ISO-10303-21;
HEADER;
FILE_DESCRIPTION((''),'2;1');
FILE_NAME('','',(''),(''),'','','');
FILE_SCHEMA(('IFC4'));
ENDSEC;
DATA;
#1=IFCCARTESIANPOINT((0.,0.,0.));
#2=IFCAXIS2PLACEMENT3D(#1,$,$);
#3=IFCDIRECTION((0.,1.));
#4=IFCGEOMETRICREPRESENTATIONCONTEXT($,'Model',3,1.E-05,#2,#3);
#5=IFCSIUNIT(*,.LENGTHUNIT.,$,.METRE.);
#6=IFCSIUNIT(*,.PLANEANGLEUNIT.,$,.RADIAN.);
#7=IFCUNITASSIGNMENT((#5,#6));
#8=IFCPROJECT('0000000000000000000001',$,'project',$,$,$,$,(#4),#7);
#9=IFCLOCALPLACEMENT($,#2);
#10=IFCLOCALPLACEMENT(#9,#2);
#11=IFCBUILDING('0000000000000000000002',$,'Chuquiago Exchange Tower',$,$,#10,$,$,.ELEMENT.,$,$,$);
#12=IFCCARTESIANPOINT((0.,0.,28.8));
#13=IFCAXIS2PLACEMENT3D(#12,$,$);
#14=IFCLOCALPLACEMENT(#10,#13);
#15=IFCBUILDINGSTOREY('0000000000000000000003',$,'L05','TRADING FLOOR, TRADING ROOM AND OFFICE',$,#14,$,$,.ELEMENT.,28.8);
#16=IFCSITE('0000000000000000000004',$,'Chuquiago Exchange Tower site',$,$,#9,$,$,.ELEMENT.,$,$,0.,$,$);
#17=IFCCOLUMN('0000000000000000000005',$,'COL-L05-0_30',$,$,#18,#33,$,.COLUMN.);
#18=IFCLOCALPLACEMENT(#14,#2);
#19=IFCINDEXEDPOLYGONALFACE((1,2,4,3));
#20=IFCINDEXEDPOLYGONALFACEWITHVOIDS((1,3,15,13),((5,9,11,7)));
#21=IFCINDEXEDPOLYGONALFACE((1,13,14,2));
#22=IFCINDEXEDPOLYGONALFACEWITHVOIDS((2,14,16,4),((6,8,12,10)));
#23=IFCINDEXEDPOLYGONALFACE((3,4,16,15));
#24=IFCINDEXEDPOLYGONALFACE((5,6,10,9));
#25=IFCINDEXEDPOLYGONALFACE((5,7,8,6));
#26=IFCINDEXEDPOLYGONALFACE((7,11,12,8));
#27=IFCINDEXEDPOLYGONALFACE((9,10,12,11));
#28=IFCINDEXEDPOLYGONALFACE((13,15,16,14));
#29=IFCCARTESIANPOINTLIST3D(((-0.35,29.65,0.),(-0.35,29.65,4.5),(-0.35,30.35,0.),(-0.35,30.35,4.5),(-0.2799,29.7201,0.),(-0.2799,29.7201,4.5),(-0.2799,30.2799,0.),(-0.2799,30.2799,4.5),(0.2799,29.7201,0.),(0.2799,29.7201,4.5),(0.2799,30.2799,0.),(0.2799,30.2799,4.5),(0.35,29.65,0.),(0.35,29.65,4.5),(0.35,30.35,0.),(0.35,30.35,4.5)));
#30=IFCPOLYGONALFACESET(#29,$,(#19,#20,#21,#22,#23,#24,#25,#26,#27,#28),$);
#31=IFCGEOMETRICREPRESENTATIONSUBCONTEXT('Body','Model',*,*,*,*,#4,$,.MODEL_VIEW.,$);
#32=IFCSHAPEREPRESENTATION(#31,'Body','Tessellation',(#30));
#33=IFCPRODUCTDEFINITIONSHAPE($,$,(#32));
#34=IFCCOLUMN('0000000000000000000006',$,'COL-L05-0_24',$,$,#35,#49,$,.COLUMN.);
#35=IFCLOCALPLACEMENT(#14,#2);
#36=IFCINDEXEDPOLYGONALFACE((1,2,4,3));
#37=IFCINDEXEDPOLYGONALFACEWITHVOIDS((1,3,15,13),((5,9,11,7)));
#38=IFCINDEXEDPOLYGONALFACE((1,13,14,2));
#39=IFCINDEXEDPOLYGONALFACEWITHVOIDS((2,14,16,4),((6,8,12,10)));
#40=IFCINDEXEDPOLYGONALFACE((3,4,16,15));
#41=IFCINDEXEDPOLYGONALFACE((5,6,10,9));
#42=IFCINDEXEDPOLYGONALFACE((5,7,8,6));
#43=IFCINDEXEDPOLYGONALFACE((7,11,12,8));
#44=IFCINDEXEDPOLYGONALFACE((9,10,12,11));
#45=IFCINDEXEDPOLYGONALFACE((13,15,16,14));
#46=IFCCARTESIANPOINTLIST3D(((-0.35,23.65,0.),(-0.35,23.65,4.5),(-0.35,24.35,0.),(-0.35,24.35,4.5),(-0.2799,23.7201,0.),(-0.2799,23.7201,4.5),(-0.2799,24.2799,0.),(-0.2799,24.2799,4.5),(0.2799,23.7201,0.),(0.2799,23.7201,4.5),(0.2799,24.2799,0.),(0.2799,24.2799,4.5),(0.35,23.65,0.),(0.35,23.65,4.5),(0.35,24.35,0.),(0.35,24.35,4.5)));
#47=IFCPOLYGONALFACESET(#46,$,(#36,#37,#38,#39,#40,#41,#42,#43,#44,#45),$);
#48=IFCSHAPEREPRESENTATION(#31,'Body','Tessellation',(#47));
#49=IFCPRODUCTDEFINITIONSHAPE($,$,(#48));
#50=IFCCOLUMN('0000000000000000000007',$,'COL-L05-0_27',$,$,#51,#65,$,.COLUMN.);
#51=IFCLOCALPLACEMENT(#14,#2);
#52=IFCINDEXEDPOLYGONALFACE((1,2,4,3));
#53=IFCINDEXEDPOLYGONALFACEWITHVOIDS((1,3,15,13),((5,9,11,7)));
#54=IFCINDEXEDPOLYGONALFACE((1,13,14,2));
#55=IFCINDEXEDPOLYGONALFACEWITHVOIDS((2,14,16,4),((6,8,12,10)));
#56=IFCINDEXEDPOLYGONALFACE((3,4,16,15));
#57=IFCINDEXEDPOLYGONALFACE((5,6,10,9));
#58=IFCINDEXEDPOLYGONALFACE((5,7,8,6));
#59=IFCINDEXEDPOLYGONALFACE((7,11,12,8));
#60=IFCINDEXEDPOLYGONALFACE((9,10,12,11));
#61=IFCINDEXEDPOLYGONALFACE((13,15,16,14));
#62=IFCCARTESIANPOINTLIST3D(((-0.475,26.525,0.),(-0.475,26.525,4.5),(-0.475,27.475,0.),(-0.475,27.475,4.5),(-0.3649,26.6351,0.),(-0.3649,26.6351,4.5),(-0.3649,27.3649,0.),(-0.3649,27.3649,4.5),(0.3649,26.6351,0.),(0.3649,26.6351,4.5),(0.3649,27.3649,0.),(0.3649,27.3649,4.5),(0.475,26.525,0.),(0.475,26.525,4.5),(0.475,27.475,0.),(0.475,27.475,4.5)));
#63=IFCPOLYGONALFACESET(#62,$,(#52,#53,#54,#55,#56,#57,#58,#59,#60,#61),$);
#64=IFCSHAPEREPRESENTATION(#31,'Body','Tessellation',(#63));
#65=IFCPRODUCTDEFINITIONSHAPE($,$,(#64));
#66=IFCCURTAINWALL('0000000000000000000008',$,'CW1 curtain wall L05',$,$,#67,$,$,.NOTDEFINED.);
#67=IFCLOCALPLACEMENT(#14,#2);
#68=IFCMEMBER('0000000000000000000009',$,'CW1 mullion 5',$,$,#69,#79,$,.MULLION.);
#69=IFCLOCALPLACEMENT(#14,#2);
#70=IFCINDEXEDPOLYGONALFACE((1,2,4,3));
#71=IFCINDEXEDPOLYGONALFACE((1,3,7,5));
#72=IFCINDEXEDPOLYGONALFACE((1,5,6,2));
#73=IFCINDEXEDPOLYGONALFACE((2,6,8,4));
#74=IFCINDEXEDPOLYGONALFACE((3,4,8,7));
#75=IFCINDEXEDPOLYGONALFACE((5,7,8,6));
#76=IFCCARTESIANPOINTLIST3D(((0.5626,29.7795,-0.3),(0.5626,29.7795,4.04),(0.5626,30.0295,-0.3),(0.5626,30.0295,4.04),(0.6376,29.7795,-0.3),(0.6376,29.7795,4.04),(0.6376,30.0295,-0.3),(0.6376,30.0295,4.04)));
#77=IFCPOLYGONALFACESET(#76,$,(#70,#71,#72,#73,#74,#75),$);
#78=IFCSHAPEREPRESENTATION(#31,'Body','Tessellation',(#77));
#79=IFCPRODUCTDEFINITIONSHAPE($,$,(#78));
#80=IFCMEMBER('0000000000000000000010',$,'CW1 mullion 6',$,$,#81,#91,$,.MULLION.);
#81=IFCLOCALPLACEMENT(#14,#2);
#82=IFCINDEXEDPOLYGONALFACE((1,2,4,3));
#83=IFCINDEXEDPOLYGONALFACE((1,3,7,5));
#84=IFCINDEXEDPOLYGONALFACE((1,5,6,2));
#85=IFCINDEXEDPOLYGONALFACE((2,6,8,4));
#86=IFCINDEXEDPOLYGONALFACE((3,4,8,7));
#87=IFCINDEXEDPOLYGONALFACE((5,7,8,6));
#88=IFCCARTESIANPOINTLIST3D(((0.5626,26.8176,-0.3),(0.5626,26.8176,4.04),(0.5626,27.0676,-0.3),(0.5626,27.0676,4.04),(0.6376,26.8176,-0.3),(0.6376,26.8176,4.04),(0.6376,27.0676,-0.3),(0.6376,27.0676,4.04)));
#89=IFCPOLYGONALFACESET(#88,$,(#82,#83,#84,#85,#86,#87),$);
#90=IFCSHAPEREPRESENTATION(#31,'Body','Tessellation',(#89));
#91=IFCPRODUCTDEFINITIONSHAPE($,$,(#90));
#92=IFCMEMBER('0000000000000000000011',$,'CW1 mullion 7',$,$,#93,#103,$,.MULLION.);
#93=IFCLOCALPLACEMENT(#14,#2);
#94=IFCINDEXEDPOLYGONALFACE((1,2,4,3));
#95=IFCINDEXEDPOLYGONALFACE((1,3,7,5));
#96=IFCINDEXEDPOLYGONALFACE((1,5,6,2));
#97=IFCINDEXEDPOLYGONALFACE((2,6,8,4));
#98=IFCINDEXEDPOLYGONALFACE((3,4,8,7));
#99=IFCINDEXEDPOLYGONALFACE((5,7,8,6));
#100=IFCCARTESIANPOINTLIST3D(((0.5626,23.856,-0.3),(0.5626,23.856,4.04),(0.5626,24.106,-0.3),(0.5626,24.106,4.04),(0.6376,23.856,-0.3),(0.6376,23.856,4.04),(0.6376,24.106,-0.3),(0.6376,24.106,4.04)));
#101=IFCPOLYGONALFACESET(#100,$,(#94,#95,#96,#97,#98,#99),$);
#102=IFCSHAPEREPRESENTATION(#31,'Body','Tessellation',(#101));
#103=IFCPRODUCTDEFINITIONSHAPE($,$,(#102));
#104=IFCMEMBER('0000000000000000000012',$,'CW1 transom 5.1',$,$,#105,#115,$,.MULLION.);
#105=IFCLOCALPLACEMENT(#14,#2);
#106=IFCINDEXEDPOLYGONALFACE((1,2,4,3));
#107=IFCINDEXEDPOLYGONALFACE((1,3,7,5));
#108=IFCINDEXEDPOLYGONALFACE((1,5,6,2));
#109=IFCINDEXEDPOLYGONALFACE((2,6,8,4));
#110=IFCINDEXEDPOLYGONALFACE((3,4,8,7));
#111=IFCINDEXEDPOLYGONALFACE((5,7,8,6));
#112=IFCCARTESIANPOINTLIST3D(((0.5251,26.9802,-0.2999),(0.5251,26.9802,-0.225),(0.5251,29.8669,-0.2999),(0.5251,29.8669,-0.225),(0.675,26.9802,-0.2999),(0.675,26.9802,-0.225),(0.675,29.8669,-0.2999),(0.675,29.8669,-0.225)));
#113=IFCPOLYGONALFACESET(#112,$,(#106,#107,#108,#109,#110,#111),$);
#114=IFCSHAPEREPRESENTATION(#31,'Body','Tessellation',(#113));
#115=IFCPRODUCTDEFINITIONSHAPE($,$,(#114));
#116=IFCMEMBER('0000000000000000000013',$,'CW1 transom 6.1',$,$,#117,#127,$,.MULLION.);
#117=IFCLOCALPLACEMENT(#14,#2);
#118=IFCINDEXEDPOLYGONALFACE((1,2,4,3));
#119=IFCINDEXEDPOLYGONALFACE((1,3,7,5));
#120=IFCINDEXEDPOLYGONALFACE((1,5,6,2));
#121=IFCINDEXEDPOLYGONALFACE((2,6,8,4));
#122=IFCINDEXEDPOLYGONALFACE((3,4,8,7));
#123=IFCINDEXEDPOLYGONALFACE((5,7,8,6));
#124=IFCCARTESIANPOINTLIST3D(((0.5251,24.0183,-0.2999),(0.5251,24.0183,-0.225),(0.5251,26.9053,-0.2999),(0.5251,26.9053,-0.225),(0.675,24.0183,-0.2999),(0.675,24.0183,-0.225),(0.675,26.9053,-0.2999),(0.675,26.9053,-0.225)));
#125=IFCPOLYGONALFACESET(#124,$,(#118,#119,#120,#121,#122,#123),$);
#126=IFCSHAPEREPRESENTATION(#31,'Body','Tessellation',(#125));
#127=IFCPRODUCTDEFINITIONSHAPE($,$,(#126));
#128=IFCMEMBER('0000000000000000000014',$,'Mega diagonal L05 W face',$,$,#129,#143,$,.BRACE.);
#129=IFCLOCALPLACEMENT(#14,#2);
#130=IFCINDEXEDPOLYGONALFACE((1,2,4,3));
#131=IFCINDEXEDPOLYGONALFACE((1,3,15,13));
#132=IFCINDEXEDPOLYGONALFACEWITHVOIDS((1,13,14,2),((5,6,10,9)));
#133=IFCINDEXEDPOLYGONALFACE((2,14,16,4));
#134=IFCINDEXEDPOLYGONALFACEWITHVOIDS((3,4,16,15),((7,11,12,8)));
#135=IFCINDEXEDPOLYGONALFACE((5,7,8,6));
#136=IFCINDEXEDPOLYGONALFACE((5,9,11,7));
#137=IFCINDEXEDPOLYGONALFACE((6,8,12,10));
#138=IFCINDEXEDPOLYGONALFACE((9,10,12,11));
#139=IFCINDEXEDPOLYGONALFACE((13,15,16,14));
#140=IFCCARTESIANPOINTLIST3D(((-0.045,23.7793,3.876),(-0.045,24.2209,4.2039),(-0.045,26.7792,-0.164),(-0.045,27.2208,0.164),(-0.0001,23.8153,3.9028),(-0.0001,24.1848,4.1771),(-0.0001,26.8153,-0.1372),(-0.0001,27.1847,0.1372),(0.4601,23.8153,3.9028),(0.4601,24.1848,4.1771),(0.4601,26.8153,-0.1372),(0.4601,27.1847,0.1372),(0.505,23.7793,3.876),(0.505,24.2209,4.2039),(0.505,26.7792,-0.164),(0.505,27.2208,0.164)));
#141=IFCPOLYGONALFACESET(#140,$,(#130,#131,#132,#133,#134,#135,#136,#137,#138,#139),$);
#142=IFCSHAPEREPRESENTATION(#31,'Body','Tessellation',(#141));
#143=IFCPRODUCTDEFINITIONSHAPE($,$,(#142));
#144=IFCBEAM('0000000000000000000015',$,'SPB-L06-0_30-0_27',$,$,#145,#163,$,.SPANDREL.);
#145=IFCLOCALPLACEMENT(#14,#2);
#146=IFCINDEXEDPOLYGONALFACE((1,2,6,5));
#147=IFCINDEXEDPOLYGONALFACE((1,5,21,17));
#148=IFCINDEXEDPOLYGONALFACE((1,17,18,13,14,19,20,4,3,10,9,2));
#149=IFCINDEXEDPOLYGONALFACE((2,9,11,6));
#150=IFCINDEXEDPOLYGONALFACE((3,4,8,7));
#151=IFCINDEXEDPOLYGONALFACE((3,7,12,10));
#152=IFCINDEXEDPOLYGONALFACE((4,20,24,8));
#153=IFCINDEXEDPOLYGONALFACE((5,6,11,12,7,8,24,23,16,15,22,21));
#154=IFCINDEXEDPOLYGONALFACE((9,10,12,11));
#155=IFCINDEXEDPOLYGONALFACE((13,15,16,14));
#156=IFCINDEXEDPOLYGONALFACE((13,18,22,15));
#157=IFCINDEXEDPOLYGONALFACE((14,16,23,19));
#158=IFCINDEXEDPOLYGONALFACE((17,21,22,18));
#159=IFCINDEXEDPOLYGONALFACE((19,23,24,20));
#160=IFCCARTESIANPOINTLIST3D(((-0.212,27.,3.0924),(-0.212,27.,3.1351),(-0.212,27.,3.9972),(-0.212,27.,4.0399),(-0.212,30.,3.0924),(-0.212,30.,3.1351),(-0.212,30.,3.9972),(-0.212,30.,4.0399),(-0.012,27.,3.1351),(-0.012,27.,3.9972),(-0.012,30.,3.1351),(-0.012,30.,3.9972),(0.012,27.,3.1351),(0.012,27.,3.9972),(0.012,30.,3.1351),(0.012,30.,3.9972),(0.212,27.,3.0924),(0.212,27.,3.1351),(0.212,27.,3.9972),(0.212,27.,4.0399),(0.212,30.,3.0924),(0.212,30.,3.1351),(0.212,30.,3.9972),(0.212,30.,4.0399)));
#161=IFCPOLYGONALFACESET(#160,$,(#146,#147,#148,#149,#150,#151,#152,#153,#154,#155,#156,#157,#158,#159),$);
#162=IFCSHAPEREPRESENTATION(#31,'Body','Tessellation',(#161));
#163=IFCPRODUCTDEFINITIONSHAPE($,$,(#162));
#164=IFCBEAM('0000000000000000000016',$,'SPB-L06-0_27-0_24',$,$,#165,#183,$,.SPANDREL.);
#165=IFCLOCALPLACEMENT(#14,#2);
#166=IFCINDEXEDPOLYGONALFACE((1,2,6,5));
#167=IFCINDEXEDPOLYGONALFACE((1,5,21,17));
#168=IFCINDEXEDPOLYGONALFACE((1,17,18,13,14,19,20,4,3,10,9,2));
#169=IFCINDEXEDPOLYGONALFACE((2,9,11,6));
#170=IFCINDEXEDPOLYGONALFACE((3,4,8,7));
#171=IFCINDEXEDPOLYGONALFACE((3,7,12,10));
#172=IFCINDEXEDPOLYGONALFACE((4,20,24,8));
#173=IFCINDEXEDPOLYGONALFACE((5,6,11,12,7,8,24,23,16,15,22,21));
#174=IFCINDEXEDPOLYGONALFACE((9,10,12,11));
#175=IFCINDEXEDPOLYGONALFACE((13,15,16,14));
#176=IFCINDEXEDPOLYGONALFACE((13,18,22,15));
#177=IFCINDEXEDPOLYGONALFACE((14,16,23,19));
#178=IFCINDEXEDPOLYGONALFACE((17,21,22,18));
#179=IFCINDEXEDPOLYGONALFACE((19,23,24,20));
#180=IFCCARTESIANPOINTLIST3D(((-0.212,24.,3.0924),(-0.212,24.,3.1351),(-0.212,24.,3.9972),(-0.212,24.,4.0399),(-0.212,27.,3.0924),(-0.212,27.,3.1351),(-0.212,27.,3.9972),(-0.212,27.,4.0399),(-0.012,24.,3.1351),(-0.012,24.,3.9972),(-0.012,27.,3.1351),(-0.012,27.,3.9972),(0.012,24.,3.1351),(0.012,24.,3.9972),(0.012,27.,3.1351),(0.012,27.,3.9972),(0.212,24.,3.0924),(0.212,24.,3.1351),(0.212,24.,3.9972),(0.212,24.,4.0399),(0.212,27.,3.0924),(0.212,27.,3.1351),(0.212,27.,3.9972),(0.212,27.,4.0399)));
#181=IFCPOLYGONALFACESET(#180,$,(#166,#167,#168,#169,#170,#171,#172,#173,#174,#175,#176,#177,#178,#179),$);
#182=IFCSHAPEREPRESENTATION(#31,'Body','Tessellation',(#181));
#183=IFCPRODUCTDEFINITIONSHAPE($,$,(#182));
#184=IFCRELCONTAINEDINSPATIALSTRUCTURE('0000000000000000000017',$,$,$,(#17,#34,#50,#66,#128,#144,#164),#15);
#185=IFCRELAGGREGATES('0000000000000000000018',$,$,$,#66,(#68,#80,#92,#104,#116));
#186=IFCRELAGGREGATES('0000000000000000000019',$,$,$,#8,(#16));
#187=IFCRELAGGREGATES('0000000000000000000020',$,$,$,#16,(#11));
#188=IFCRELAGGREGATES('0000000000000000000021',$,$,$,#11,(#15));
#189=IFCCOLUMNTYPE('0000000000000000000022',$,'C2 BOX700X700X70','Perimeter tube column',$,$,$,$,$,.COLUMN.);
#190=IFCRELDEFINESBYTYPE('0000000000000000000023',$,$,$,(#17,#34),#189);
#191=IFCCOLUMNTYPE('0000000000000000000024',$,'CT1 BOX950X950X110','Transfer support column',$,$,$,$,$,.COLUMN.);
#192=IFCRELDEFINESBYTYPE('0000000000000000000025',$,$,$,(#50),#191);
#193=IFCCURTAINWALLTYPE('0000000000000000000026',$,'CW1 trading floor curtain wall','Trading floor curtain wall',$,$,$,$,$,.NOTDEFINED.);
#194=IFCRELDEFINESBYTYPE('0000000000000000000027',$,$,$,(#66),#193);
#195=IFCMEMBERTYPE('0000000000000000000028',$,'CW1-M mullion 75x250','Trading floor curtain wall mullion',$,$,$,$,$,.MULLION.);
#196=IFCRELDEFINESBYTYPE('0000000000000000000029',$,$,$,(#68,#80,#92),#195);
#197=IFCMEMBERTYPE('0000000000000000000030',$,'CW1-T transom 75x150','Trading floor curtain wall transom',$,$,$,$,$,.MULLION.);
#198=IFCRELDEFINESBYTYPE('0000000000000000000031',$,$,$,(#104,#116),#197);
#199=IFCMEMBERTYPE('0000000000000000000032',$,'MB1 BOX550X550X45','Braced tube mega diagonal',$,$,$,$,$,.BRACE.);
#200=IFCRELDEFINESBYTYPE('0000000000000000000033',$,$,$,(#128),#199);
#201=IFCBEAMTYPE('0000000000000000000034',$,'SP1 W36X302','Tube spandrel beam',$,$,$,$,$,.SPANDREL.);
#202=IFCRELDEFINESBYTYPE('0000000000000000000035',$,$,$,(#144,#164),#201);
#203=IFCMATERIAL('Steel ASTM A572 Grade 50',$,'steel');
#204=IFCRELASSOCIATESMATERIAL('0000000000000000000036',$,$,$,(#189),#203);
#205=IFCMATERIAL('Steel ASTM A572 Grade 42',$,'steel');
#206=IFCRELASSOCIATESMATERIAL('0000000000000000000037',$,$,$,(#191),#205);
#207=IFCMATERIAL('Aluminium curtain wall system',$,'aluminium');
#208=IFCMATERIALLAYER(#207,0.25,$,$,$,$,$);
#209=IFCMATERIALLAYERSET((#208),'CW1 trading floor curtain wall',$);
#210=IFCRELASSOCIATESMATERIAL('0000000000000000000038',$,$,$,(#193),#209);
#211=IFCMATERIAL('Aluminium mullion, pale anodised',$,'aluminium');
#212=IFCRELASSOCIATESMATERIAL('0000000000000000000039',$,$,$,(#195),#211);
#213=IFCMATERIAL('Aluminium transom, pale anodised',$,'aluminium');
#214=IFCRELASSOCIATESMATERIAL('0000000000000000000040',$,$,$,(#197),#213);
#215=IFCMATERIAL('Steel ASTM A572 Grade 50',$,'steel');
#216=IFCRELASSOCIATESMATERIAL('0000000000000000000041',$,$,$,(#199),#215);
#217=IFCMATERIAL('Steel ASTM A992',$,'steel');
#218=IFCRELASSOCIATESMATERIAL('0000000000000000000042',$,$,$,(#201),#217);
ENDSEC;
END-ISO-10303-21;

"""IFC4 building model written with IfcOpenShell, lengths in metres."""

from ifc_helpers import new_model, si_unit, direction, frame, origin, origin_2d, place, context, subcontext, project, spatial, rectangle, hollow_rectangle, i_section, extrude, material, layer, layer_set, material_profile, profile_set, type_object, element, aggregate, save


model = new_model("IFC4")

# Units and contexts
model_context = context("Model", 3, precision=1e-05, world=origin(), true_north=direction((0.0, 1.0)))
body_context = subcontext(model_context, "Body", "Model", "MODEL_VIEW")
ifc_project = project(units=[si_unit("LENGTHUNIT", "METRE"), si_unit("PLANEANGLEUNIT", "RADIAN")], contexts=[model_context])

# Site, building, storey
site_placement = place(None, origin())
site = spatial("IfcSite", under=ifc_project, at=site_placement, Name="Chuquiago Exchange Tower site", CompositionType="ELEMENT", RefElevation=0.0)
building_placement = place(site_placement, origin())
building = spatial("IfcBuilding", under=site, at=building_placement, Name="Chuquiago Exchange Tower", CompositionType="ELEMENT")
storey_placement = place(building_placement, frame((0.0, 0.0, 28.8)))
storey = spatial("IfcBuildingStorey", under=building, at=storey_placement, Name="L05", Description="TRADING FLOOR, TRADING ROOM AND OFFICE", CompositionType="ELEMENT", Elevation=28.8)

# Columns
ifc_material_1 = material(Name="Steel ASTM A572 Grade 50", Category="steel")
ifc_material_profile_1 = material_profile(ifc_material_1, hollow_rectangle(XDim=0.7, YDim=0.7, WallThickness=0.0701, at=origin_2d()), Name="BOX700X700X70")
ifc_profile_set_1 = profile_set([ifc_material_profile_1], Name="Steel ASTM A572 Grade 50")
column_type_1 = type_object("IfcColumnType", Name="C2 BOX700X700X70", Description="Perimeter tube column", PredefinedType="COLUMN", material=ifc_profile_set_1)
for number, where, z_axis, x_axis, name in (
    (1, (0.0, 30.0, 0.0), (0.0, 0.0, 1.0), (-1.0, 0.0, 0.0), "COL-L05-0_30"),
    (2, (0.0, 24.0, 0.0), (0.0, 0.0, 1.0), (-1.0, 0.0, 0.0), "COL-L05-0_24"),
):
    element("IfcColumn", number, at=place(storey_placement, frame(where, z_axis=z_axis, x_axis=x_axis)), inside=storey, type_object=column_type_1, Name=name, PredefinedType="COLUMN", context=body_context, shape_type="SweptSolid", body=[
        extrude(hollow_rectangle(XDim=0.7, YDim=0.7, WallThickness=0.0701, at=origin_2d()), origin(), (0.0, 0.0, 1.0), 4.5),
    ])
ifc_material_2 = material(Name="Steel ASTM A572 Grade 42", Category="steel")
ifc_material_profile_2 = material_profile(ifc_material_2, hollow_rectangle(XDim=0.95, YDim=0.95, WallThickness=0.1101, at=origin_2d()), Name="BOX950X950X110")
ifc_profile_set_2 = profile_set([ifc_material_profile_2], Name="Steel ASTM A572 Grade 42")
column_type_2 = type_object("IfcColumnType", Name="CT1 BOX950X950X110", Description="Transfer support column", PredefinedType="COLUMN", material=ifc_profile_set_2)
column_placement = place(storey_placement, frame((0.0, 27.0, 0.0), z_axis=(0.0, 0.0, 1.0), x_axis=(-1.0, 0.0, 0.0)))
element("IfcColumn", 3, at=column_placement, inside=storey, type_object=column_type_2, Name="COL-L05-0_27", PredefinedType="COLUMN", context=body_context, shape_type="SweptSolid", body=[
    extrude(hollow_rectangle(XDim=0.95, YDim=0.95, WallThickness=0.1101, at=origin_2d()), origin(), (0.0, 0.0, 1.0), 4.5),
])

# Curtain wall, members
ifc_material_3 = material(Name="Aluminium curtain wall system", Category="aluminium")
ifc_layer_1 = layer(ifc_material_3, 0.25)
ifc_layer_set_1 = layer_set([ifc_layer_1], Name="CW1 trading floor curtain wall")
curtain_wall_type = type_object("IfcCurtainWallType", Name="CW1 trading floor curtain wall", Description="Trading floor curtain wall", PredefinedType="NOTDEFINED", material=ifc_layer_set_1)
curtain_wall_placement = place(storey_placement, origin())
curtain_wall = element("IfcCurtainWall", 4, at=curtain_wall_placement, inside=storey, type_object=curtain_wall_type, Name="CW1 curtain wall L05", PredefinedType="NOTDEFINED")
ifc_material_4 = material(Name="Aluminium mullion, pale anodised", Category="aluminium")
ifc_material_profile_3 = material_profile(ifc_material_4, rectangle(XDim=0.075, YDim=0.25, at=origin_2d()), Name="AL 75x250")
ifc_profile_set_3 = profile_set([ifc_material_profile_3], Name="Aluminium mullion, pale anodised")
member_type_1 = type_object("IfcMemberType", Name="CW1-M mullion 75x250", Description="Trading floor curtain wall mullion", PredefinedType="MULLION", material=ifc_profile_set_3)
member_1_placement = place(storey_placement, frame((0.6001, 29.9045, -0.3), z_axis=(0.0, 0.0, 1.0), x_axis=(1.0, 0.0, 0.0)))
member_1 = element("IfcMember", 5, at=member_1_placement, type_object=member_type_1, Name="CW1 mullion 5", PredefinedType="MULLION", context=body_context, shape_type="SweptSolid", body=[
    extrude(rectangle(XDim=0.075, YDim=0.25, at=origin_2d()), origin(), (0.0, 0.0, 1.0), 4.3401),
])
member_2_placement = place(storey_placement, frame((0.6001, 26.9426, -0.3), z_axis=(0.0, 0.0, 1.0), x_axis=(1.0, 0.0, 0.0)))
member_2 = element("IfcMember", 6, at=member_2_placement, type_object=member_type_1, Name="CW1 mullion 6", PredefinedType="MULLION", context=body_context, shape_type="SweptSolid", body=[
    extrude(rectangle(XDim=0.075, YDim=0.25, at=origin_2d()), origin(), (0.0, 0.0, 1.0), 4.3401),
])
member_3_placement = place(storey_placement, frame((0.6001, 23.981, -0.3), z_axis=(0.0, 0.0, 1.0), x_axis=(1.0, 0.0, 0.0)))
member_3 = element("IfcMember", 7, at=member_3_placement, type_object=member_type_1, Name="CW1 mullion 7", PredefinedType="MULLION", context=body_context, shape_type="SweptSolid", body=[
    extrude(rectangle(XDim=0.075, YDim=0.25, at=origin_2d()), origin(), (0.0, 0.0, 1.0), 4.3401),
])
ifc_material_5 = material(Name="Aluminium transom, pale anodised", Category="aluminium")
ifc_material_profile_4 = material_profile(ifc_material_5, rectangle(XDim=0.1499, YDim=0.075, at=origin_2d()), Name="AL 150x75")
ifc_profile_set_4 = profile_set([ifc_material_profile_4], Name="Aluminium transom, pale anodised")
member_type_2 = type_object("IfcMemberType", Name="CW1-T transom 75x150", Description="Trading floor curtain wall transom", PredefinedType="MULLION", material=ifc_profile_set_4)
member_4_placement = place(storey_placement, frame((0.6001, 29.8669, -0.2625), z_axis=(0.0, -1.0, 0.0), x_axis=(1.0, 0.0, 0.0)))
member_4 = element("IfcMember", 8, at=member_4_placement, type_object=member_type_2, Name="CW1 transom 5.1", PredefinedType="MULLION", context=body_context, shape_type="SweptSolid", body=[
    extrude(rectangle(XDim=0.1499, YDim=0.075, at=origin_2d()), origin(), (0.0, 0.0, 1.0), 2.8867),
])
member_5_placement = place(storey_placement, frame((0.6001, 26.9053, -0.2625), z_axis=(0.0, -1.0, 0.0), x_axis=(1.0, 0.0, 0.0)))
member_5 = element("IfcMember", 9, at=member_5_placement, type_object=member_type_2, Name="CW1 transom 6.1", PredefinedType="MULLION", context=body_context, shape_type="SweptSolid", body=[
    extrude(rectangle(XDim=0.1499, YDim=0.075, at=origin_2d()), origin(), (0.0, 0.0, 1.0), 2.887),
])

# Member
ifc_material_6 = material(Name="Steel ASTM A572 Grade 50", Category="steel")
ifc_material_profile_5 = material_profile(ifc_material_6, hollow_rectangle(XDim=0.55, YDim=0.55, WallThickness=0.0449, at=origin_2d()), Name="BOX550X550X45")
ifc_profile_set_5 = profile_set([ifc_material_profile_5], Name="Steel ASTM A572 Grade 50")
member_type_3 = type_object("IfcMemberType", Name="MB1 BOX550X550X45", Description="Braced tube mega diagonal", PredefinedType="BRACE", material=ifc_profile_set_5)
member_6_placement = place(storey_placement, frame((0.23, 27.0, 0.0), z_axis=(0.0, -0.596174, 0.802855), x_axis=(1.0, 0.0, 0.0)))
element("IfcMember", 10, at=member_6_placement, inside=storey, type_object=member_type_3, Name="Mega diagonal L05 W face", PredefinedType="BRACE", context=body_context, shape_type="SweptSolid", body=[
    extrude(hollow_rectangle(XDim=0.55, YDim=0.55, WallThickness=0.0449, at=origin_2d()), origin(), (0.0, 0.0, 1.0), 5.032),
])

# Beams
ifc_material_7 = material(Name="Steel ASTM A992", Category="steel")
ifc_material_profile_6 = material_profile(ifc_material_7, i_section(OverallWidth=0.4241, OverallDepth=0.9475, WebThickness=0.0239, FlangeThickness=0.0427, at=origin_2d()), Name="W36X302")
ifc_profile_set_6 = profile_set([ifc_material_profile_6], Name="Steel ASTM A992")
beam_type = type_object("IfcBeamType", Name="SP1 W36X302", Description="Tube spandrel beam", PredefinedType="SPANDREL", material=ifc_profile_set_6)
for number, where, z_axis, x_axis, name in (
    (11, (0.0, 30.0, 3.5662), (0.0, -1.0, 0.0), (1.0, 0.0, 0.0), "SPB-L06-0_30-0_27"),
    (12, (0.0, 27.0, 3.5662), (0.0, -1.0, 0.0), (1.0, 0.0, 0.0), "SPB-L06-0_27-0_24"),
):
    element("IfcBeam", number, at=place(storey_placement, frame(where, z_axis=z_axis, x_axis=x_axis)), inside=storey, type_object=beam_type, Name=name, PredefinedType="SPANDREL", context=body_context, shape_type="SweptSolid", body=[
        extrude(i_section(OverallWidth=0.4241, OverallDepth=0.9475, WebThickness=0.0239, FlangeThickness=0.0427, at=origin_2d()), origin(), (0.0, 0.0, 1.0), 3.0),
    ])

aggregate(curtain_wall, [member_1, member_2, member_3, member_4, member_5])

save(model, "model.ifc")
